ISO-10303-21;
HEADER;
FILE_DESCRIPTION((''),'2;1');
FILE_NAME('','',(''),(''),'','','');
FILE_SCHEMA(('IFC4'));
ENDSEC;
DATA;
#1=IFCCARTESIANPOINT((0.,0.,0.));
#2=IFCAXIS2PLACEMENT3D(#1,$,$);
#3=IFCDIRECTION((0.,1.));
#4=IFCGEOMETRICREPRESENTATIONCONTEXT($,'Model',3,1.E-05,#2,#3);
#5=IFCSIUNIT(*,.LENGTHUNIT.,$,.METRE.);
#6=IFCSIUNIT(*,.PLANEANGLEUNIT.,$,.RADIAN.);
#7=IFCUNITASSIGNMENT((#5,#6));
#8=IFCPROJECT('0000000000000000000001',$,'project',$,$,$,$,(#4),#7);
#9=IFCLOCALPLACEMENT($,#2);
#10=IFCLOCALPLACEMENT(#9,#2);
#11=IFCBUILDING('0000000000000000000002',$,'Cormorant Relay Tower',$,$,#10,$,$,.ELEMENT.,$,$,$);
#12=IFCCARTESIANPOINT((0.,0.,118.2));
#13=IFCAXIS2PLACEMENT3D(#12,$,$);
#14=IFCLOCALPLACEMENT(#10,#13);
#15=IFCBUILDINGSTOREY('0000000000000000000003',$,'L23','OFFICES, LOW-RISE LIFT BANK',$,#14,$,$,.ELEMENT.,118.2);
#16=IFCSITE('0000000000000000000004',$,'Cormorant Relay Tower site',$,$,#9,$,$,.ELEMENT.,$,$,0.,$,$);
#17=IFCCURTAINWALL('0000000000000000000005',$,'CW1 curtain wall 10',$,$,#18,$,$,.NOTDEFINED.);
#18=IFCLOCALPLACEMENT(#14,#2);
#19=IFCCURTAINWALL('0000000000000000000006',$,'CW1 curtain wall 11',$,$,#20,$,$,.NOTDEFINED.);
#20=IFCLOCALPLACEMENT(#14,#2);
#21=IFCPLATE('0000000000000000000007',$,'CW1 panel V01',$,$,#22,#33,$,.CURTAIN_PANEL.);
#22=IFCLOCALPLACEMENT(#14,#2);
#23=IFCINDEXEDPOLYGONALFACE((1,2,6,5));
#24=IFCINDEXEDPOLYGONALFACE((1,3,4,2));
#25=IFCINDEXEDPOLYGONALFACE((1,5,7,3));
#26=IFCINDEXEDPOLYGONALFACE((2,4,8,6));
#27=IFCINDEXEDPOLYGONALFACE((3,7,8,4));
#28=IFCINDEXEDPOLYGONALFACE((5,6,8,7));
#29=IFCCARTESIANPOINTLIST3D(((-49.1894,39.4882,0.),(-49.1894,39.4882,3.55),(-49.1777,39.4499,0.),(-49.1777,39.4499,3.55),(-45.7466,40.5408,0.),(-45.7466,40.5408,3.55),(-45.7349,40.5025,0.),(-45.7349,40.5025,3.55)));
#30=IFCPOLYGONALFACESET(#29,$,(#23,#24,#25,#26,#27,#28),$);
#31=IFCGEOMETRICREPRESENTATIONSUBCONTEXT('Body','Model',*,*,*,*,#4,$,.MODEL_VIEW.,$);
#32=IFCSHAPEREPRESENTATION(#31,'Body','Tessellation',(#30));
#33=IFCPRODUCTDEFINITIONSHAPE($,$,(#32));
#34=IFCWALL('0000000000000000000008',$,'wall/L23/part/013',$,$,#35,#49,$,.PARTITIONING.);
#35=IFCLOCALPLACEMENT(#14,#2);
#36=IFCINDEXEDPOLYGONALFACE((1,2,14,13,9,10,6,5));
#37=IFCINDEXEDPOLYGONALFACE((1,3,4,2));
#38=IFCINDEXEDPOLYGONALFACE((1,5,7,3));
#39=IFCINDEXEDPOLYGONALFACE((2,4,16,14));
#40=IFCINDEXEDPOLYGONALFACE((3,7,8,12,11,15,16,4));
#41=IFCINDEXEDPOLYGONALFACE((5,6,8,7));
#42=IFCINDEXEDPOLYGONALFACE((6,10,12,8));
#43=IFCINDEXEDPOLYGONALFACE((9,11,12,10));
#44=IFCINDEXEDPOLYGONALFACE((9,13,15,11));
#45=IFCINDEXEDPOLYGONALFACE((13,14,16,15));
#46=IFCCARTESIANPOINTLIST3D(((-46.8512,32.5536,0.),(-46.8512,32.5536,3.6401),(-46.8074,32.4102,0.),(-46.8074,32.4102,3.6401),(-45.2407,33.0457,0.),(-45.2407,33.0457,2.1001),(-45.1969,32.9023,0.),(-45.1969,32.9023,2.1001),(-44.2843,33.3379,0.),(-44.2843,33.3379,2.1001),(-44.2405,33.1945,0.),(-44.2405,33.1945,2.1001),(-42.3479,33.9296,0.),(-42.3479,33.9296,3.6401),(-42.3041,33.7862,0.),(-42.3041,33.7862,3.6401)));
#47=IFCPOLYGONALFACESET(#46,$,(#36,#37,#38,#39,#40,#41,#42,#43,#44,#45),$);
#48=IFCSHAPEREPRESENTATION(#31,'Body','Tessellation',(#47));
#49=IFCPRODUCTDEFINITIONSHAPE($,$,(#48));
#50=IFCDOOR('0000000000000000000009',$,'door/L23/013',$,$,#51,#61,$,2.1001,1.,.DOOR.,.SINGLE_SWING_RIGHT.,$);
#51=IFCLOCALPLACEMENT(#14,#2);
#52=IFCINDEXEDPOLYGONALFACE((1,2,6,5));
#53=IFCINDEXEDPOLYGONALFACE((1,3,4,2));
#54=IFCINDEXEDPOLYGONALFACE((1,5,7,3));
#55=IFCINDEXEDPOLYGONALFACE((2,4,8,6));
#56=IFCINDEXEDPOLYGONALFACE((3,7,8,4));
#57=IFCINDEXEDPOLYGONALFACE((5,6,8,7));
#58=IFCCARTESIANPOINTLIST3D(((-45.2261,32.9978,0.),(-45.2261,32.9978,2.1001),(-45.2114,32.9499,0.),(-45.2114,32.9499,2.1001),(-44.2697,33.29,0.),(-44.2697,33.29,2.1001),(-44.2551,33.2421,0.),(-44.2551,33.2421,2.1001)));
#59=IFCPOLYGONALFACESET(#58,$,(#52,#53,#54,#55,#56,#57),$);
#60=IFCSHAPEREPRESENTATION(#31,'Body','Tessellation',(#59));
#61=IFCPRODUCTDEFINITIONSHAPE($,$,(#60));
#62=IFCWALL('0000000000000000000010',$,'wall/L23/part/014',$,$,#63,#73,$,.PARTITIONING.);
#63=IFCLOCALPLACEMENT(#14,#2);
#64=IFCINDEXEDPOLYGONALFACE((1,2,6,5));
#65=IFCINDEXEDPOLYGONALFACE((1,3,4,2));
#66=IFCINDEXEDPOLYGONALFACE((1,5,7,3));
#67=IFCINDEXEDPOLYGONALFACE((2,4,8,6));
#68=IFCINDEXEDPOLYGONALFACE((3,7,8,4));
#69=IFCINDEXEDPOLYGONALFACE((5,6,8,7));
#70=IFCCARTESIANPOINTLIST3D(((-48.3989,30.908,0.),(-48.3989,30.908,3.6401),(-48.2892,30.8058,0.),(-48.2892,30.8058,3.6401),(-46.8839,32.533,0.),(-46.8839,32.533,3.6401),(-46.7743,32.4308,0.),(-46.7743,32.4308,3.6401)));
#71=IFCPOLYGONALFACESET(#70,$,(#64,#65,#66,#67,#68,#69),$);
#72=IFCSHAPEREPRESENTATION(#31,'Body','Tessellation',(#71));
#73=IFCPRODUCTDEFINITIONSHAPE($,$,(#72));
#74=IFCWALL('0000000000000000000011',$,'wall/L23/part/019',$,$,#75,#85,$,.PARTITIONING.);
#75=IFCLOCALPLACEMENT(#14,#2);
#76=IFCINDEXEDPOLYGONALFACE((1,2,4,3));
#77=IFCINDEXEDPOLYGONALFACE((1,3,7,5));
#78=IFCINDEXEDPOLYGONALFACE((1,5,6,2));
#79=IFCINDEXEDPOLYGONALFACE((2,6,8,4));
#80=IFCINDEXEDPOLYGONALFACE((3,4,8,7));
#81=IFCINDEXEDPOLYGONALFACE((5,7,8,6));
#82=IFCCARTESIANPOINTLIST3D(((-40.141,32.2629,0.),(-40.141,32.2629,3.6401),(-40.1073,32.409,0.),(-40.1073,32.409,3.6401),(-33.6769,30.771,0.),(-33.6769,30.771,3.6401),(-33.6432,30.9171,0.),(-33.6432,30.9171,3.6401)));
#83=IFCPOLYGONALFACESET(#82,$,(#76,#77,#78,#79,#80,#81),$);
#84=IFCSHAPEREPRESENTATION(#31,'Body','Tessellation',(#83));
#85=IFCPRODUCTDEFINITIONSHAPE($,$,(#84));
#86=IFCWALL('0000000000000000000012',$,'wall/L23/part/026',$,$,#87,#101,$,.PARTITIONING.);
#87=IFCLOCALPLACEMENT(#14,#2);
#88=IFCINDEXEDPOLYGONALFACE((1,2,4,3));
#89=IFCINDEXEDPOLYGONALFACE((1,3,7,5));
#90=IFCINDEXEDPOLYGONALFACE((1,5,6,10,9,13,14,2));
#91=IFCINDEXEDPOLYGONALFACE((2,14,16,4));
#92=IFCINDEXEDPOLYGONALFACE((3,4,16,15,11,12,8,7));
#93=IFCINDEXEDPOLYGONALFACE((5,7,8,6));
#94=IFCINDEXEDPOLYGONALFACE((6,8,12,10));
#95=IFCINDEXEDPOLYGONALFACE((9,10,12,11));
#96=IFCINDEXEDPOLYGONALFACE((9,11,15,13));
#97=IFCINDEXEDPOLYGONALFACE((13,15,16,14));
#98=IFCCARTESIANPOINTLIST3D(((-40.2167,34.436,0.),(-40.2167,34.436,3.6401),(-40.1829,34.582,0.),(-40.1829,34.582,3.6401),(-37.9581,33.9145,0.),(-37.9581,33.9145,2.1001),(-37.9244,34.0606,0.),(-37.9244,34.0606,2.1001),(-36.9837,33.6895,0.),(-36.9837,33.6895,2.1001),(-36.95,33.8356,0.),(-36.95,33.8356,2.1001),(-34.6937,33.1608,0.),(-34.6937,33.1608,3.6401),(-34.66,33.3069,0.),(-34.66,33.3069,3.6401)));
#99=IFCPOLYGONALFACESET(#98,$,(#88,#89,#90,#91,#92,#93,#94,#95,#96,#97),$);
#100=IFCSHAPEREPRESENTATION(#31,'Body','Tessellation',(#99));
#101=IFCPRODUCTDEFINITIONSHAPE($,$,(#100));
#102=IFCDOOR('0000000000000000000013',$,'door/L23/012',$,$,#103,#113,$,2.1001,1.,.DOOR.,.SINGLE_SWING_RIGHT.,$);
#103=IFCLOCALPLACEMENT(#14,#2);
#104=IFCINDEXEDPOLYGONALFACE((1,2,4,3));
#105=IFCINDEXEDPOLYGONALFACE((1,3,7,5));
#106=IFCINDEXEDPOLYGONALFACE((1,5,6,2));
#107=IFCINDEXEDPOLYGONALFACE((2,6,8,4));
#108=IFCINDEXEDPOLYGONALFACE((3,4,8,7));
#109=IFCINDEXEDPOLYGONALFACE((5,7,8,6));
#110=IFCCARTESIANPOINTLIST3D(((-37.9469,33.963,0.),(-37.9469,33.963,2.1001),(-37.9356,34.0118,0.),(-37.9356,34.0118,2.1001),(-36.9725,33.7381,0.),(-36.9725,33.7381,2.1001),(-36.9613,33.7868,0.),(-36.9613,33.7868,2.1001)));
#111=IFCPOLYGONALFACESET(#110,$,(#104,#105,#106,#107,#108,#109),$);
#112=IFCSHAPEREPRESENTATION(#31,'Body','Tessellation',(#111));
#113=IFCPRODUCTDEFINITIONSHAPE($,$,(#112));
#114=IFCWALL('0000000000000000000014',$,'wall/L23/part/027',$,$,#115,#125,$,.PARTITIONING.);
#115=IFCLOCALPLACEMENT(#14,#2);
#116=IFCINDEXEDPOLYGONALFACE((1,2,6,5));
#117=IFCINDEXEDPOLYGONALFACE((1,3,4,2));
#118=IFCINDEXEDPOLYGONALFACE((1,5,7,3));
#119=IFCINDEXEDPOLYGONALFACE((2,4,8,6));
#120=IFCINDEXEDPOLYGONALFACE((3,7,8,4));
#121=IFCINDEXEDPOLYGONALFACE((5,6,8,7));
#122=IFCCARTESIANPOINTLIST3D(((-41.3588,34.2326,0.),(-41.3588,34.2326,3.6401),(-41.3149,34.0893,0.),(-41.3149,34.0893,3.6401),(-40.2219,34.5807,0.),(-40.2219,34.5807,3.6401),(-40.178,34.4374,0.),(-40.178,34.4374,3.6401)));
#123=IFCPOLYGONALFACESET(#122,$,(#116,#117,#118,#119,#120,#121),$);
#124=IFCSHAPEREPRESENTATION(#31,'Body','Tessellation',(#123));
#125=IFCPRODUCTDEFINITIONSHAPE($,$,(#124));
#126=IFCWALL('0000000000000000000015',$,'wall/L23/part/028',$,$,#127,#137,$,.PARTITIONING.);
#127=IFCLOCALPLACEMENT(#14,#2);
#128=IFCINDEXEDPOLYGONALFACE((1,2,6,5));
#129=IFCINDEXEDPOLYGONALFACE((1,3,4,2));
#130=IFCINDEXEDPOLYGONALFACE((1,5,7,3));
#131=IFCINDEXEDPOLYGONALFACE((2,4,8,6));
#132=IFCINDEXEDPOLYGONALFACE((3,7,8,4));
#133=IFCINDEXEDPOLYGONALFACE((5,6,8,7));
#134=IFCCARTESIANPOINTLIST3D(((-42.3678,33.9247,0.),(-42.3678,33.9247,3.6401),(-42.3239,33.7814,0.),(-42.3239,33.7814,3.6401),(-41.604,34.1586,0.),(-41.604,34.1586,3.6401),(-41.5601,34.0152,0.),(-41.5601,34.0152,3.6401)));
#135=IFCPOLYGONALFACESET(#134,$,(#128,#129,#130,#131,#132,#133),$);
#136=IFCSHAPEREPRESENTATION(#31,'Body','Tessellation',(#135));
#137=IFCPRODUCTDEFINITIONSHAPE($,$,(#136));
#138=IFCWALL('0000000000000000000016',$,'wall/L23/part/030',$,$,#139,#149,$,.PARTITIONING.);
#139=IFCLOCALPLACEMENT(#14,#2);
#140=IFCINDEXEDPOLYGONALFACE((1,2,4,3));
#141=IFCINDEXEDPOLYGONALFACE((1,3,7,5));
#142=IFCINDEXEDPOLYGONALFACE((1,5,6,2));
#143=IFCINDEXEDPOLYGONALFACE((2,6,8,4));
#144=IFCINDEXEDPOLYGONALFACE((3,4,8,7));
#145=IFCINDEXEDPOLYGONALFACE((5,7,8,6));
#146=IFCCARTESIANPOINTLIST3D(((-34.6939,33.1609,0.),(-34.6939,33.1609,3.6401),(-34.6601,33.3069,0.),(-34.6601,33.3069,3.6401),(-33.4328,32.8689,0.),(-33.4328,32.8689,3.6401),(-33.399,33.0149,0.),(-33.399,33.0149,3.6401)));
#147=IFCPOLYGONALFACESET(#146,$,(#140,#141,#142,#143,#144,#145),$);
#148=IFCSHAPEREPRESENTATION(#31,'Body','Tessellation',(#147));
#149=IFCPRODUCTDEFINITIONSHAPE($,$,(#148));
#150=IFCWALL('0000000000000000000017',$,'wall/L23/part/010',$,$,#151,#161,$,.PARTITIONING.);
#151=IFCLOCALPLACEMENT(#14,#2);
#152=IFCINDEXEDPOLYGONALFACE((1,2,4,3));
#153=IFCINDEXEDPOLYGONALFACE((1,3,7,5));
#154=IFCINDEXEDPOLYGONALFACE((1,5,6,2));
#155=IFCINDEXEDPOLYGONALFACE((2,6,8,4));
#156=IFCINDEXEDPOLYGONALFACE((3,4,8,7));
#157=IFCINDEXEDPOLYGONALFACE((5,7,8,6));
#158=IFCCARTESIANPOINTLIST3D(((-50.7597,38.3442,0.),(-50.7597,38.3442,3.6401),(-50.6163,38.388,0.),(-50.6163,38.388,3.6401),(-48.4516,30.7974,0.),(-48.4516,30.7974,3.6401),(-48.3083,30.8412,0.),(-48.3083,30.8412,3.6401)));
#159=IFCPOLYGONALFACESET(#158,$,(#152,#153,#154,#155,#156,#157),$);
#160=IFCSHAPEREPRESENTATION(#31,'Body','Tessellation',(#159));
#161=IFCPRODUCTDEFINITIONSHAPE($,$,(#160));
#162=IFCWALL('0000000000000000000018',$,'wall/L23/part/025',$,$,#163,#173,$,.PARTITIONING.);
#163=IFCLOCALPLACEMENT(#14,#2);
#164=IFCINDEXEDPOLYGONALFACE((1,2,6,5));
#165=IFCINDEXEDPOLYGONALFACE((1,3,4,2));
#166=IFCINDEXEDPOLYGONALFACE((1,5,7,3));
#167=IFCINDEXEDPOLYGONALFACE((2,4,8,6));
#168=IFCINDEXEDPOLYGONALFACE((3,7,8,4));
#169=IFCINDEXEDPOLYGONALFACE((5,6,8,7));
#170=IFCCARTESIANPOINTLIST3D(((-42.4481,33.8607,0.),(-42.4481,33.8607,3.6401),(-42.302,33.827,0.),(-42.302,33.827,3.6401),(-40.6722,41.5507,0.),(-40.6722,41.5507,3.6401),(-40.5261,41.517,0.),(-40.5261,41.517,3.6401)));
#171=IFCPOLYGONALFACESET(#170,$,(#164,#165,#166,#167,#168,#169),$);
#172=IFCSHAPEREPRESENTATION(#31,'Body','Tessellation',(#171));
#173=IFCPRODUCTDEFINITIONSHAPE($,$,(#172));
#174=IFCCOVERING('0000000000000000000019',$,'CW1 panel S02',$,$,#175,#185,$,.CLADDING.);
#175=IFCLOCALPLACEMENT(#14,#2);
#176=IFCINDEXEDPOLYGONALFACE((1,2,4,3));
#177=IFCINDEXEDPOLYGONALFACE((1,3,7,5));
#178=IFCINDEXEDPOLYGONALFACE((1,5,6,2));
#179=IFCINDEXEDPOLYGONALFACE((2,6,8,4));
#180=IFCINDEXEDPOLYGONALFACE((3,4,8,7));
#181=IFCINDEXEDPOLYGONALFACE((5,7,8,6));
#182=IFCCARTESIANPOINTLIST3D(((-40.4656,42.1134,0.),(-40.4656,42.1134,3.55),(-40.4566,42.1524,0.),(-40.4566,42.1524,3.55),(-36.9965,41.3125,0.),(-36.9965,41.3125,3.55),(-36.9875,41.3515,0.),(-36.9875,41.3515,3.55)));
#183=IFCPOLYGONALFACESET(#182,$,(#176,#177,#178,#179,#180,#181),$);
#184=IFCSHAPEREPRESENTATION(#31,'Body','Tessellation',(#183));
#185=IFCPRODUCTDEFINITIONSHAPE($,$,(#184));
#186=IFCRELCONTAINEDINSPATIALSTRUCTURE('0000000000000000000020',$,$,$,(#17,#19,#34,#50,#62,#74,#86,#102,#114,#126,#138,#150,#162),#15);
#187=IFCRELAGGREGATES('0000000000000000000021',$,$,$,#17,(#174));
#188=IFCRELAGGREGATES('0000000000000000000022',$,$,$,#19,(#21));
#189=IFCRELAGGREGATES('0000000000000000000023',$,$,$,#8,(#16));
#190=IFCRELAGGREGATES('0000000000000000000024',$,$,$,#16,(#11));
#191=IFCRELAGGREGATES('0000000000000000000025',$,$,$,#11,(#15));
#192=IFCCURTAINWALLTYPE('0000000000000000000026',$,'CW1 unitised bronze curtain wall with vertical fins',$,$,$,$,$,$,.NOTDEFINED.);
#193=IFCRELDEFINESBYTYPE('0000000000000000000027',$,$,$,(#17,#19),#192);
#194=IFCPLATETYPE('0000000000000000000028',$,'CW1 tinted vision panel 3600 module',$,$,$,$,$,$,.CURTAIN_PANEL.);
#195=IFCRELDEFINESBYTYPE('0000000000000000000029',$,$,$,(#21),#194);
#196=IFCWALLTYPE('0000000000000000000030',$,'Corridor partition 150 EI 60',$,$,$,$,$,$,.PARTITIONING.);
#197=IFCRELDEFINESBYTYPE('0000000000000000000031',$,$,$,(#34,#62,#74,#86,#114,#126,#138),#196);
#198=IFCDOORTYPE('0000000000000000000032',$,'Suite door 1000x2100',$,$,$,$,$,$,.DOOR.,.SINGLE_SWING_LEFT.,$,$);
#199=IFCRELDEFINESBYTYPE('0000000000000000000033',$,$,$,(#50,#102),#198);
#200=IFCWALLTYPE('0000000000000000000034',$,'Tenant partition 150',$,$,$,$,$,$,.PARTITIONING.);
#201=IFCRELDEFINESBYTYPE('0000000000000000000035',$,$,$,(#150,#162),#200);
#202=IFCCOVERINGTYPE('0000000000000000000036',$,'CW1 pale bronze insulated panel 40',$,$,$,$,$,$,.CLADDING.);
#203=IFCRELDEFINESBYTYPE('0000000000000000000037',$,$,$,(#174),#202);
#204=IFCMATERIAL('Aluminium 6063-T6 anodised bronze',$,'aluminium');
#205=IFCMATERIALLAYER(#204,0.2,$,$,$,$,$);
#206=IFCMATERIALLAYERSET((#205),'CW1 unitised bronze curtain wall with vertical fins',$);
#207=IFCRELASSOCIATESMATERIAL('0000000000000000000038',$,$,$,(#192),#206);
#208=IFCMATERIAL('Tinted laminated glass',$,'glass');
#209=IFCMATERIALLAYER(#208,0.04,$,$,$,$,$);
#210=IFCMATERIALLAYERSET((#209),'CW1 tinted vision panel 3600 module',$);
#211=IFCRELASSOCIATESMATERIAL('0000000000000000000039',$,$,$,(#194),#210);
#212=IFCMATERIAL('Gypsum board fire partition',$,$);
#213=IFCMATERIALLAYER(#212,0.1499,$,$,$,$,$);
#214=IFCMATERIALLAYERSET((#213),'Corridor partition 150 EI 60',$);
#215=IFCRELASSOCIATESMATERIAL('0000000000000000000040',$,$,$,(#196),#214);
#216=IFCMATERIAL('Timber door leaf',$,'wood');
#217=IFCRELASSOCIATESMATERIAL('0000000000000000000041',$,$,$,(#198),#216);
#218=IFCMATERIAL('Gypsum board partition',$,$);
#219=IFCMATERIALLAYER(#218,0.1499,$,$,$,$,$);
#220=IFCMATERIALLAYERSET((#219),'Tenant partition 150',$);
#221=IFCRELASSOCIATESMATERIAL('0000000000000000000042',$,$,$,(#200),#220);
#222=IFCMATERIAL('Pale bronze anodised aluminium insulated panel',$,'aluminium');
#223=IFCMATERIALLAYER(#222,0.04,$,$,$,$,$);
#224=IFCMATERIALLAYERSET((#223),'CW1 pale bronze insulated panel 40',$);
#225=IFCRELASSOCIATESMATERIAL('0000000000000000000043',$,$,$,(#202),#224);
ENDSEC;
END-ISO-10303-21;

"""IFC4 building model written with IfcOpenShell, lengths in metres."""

from ifc_helpers import new_model, si_unit, direction, frame, frame_2d, origin, origin_2d, place, context, subcontext, project, spatial, rectangle, extrude, material, layer, layer_set, type_object, element, fill, aggregate, save


model = new_model("IFC4")

# Units and contexts
model_context = context("Model", 3, precision=1e-05, world=origin(), true_north=direction((0.0, 1.0)))
body_context = subcontext(model_context, "Body", "Model", "MODEL_VIEW")
ifc_project = project(units=[si_unit("LENGTHUNIT", "METRE"), si_unit("PLANEANGLEUNIT", "RADIAN")], contexts=[model_context])

# Site, building, storey
site_placement = place(None, origin())
site = spatial("IfcSite", under=ifc_project, at=site_placement, Name="Cormorant Relay Tower site", CompositionType="ELEMENT", RefElevation=0.0)
building_placement = place(site_placement, origin())
building = spatial("IfcBuilding", under=site, at=building_placement, Name="Cormorant Relay Tower", CompositionType="ELEMENT")
storey_placement = place(building_placement, frame((0.0, 0.0, 118.2)))
storey = spatial("IfcBuildingStorey", under=building, at=storey_placement, Name="L23", Description="OFFICES, LOW-RISE LIFT BANK", CompositionType="ELEMENT", Elevation=118.2)

# Curtain wall
ifc_material_1 = material(Name="Aluminium 6063-T6 anodised bronze", Category="aluminium")
ifc_layer_1 = layer(ifc_material_1, 0.2)
ifc_layer_set_1 = layer_set([ifc_layer_1], Name="CW1 unitised bronze curtain wall with vertical fins")
curtain_wall_type = type_object("IfcCurtainWallType", Name="CW1 unitised bronze curtain wall with vertical fins", PredefinedType="NOTDEFINED", material=ifc_layer_set_1)
curtain_wall_1_placement = place(storey_placement, origin())
curtain_wall_1 = element("IfcCurtainWall", 1, at=curtain_wall_1_placement, inside=storey, type_object=curtain_wall_type, Name="CW1 curtain wall 10", PredefinedType="NOTDEFINED")

# Curtain wall
curtain_wall_2_placement = place(storey_placement, origin())
curtain_wall_2 = element("IfcCurtainWall", 2, at=curtain_wall_2_placement, inside=storey, type_object=curtain_wall_type, Name="CW1 curtain wall 11", PredefinedType="NOTDEFINED")

# Plate
ifc_material_2 = material(Name="Tinted laminated glass", Category="glass")
ifc_layer_2 = layer(ifc_material_2, 0.04)
ifc_layer_set_2 = layer_set([ifc_layer_2], Name="CW1 tinted vision panel 3600 module")
plate_type_1 = type_object("IfcPlateType", Name="CW1 tinted vision panel 3600 module", PredefinedType="CURTAIN_PANEL", material=ifc_layer_set_2)
plate_1_placement = place(storey_placement, frame((-47.4622, 39.9954, 0.0), z_axis=(0.0, 0.0, 1.0), x_axis=(-0.956305, -0.292372, 0.0)))
plate_1 = element("IfcPlate", 3, at=plate_1_placement, type_object=plate_type_1, Name="CW1 panel V01", PredefinedType="CURTAIN_PANEL", context=body_context, shape_type="SweptSolid", body=[
    extrude(rectangle(XDim=3.6001, YDim=0.04, at=origin_2d()), origin(), (0.0, 0.0, 1.0), 3.55),
])

# Wall, opening, door
ifc_material_3 = material(Name="Gypsum board fire partition")
ifc_layer_3 = layer(ifc_material_3, 0.1499)
ifc_layer_set_3 = layer_set([ifc_layer_3], Name="Corridor partition 150 EI 60")
wall_type_1 = type_object("IfcWallType", Name="Corridor partition 150 EI 60", PredefinedType="PARTITIONING", material=ifc_layer_set_3)
wall_1_placement = place(storey_placement, frame((-42.3259, 33.8579, 0.0), z_axis=(0.0, 0.0, 1.0), x_axis=(-0.956351, -0.29222, 0.0)))
wall_1 = element("IfcWall", 4, at=wall_1_placement, inside=storey, type_object=wall_type_1, Name="wall/L23/part/013", PredefinedType="PARTITIONING", context=body_context, shape_type="SweptSolid", body=[
    extrude(rectangle(XDim=4.7087, YDim=0.1499, at=frame_2d((2.3545, 0.0))), origin(), (0.0, 0.0, 1.0), 3.6401),
])
opening_1_placement = place(wall_1_placement, frame((2.0249, 0.0, 0.0)))
opening_1 = element("IfcOpeningElement", 5, at=opening_1_placement, cuts=wall_1, PredefinedType="OPENING", context=body_context, shape_type="SweptSolid", body=[
    extrude(rectangle(XDim=1.0, YDim=2.1001, at=frame_2d((0.5, 1.05))), frame((0.0, 0.085, 0.0), z_axis=(0.0, -1.0, 0.0), x_axis=(1.0, 0.0, 0.0)), (0.0, 0.0, 1.0), 0.1699),
])
ifc_material_4 = material(Name="Timber door leaf", Category="wood")
door_type = type_object("IfcDoorType", Name="Suite door 1000x2100", OperationType="SINGLE_SWING_LEFT", PredefinedType="DOOR", material=ifc_material_4)
door_1_placement = place(opening_1_placement, frame((1.0, 0.0, 0.0), z_axis=(0.0, 0.0, 1.0), x_axis=(-1.0, 0.0, 0.0)))
door_1 = element("IfcDoor", 6, at=door_1_placement, inside=storey, type_object=door_type, Name="door/L23/013", OperationType="SINGLE_SWING_RIGHT", OverallHeight=2.1001, OverallWidth=1.0, PredefinedType="DOOR", context=body_context, shape_type="SweptSolid", body=[
    extrude(rectangle(XDim=1.0, YDim=2.1001, at=frame_2d((0.5, 1.05))), frame((0.0, 0.0249, 0.0), z_axis=(0.0, -1.0, 0.0), x_axis=(1.0, 0.0, 0.0)), (0.0, 0.0, 1.0), 0.05),
])
fill(opening_1, door_1)

# Walls
wall_2_placement = place(storey_placement, frame((-46.8291, 32.4819, 0.0), z_axis=(0.0, 0.0, 1.0), x_axis=(-0.681891, -0.731453, 0.0)))
element("IfcWall", 7, at=wall_2_placement, inside=storey, type_object=wall_type_1, Name="wall/L23/part/014", PredefinedType="PARTITIONING", context=body_context, shape_type="SweptSolid", body=[
    extrude(rectangle(XDim=2.2217, YDim=0.1499, at=frame_2d((1.1108, 0.0))), origin(), (0.0, 0.0, 1.0), 3.6401),
])
wall_3_placement = place(storey_placement, frame((-40.124, 32.3359, 0.0), z_axis=(0.0, 0.0, 1.0), x_axis=(0.974384, -0.224892, 0.0)))
element("IfcWall", 8, at=wall_3_placement, inside=storey, type_object=wall_type_1, Name="wall/L23/part/019", PredefinedType="PARTITIONING", context=body_context, shape_type="SweptSolid", body=[
    extrude(rectangle(XDim=6.634, YDim=0.1499, at=frame_2d((3.3169, 0.0))), origin(), (0.0, 0.0, 1.0), 3.6401),
])

# Wall, opening, door
wall_4_placement = place(storey_placement, frame((-34.677, 33.2339, 0.0), z_axis=(0.0, 0.0, 1.0), x_axis=(-0.974367, 0.224963, 0.0)))
wall_4 = element("IfcWall", 9, at=wall_4_placement, inside=storey, type_object=wall_type_1, Name="wall/L23/part/026", PredefinedType="PARTITIONING", context=body_context, shape_type="SweptSolid", body=[
    extrude(rectangle(XDim=5.6682, YDim=0.1499, at=frame_2d((2.834, 0.0))), origin(), (0.0, 0.0, 1.0), 3.6401),
])
opening_2_placement = place(wall_4_placement, frame((2.3501, 0.0, 0.0)))
opening_2 = element("IfcOpeningElement", 10, at=opening_2_placement, cuts=wall_4, PredefinedType="OPENING", context=body_context, shape_type="SweptSolid", body=[
    extrude(rectangle(XDim=1.0, YDim=2.1001, at=frame_2d((0.5, 1.05))), frame((0.0, 0.085, 0.0), z_axis=(0.0, -1.0, 0.0), x_axis=(1.0, 0.0, 0.0)), (0.0, 0.0, 1.0), 0.1699),
])
door_2_placement = place(opening_2_placement, frame((1.0, 0.0, 0.0), z_axis=(0.0, 0.0, 1.0), x_axis=(-1.0, 0.0, 0.0)))
door_2 = element("IfcDoor", 11, at=door_2_placement, inside=storey, type_object=door_type, Name="door/L23/012", OperationType="SINGLE_SWING_RIGHT", OverallHeight=2.1001, OverallWidth=1.0, PredefinedType="DOOR", context=body_context, shape_type="SweptSolid", body=[
    extrude(rectangle(XDim=1.0, YDim=2.1001, at=frame_2d((0.5, 1.05))), frame((0.0, 0.0249, 0.0), z_axis=(0.0, -1.0, 0.0), x_axis=(1.0, 0.0, 0.0)), (0.0, 0.0, 1.0), 0.05),
])
fill(opening_2, door_2)

# Walls
wall_5_placement = place(storey_placement, frame((-40.2, 34.509, 0.0), z_axis=(0.0, 0.0, 1.0), x_axis=(-0.956178, -0.292787, 0.0)))
element("IfcWall", 12, at=wall_5_placement, inside=storey, type_object=wall_type_1, Name="wall/L23/part/027", PredefinedType="PARTITIONING", context=body_context, shape_type="SweptSolid", body=[
    extrude(rectangle(XDim=1.189, YDim=0.1499, at=frame_2d((0.5945, 0.0))), origin(), (0.0, 0.0, 1.0), 3.6401),
])
wall_6_placement = place(storey_placement, frame((-41.582, 34.0869, 0.0), z_axis=(0.0, 0.0, 1.0), x_axis=(-0.956188, -0.292754, 0.0)))
element("IfcWall", 13, at=wall_6_placement, inside=storey, type_object=wall_type_1, Name="wall/L23/part/028", PredefinedType="PARTITIONING", context=body_context, shape_type="SweptSolid", body=[
    extrude(rectangle(XDim=0.7988, YDim=0.1499, at=frame_2d((0.3994, 0.0))), origin(), (0.0, 0.0, 1.0), 3.6401),
])
wall_7_placement = place(storey_placement, frame((-34.677, 33.2339, 0.0), z_axis=(0.0, 0.0, 1.0), x_axis=(0.974222, -0.22559, 0.0)))
element("IfcWall", 14, at=wall_7_placement, inside=storey, type_object=wall_type_1, Name="wall/L23/part/030", PredefinedType="PARTITIONING", context=body_context, shape_type="SweptSolid", body=[
    extrude(rectangle(XDim=1.2944, YDim=0.1499, at=frame_2d((0.6472, 0.0))), origin(), (0.0, 0.0, 1.0), 3.6401),
])
ifc_material_5 = material(Name="Gypsum board partition")
ifc_layer_4 = layer(ifc_material_5, 0.1499)
ifc_layer_set_4 = layer_set([ifc_layer_4], Name="Tenant partition 150")
wall_type_2 = type_object("IfcWallType", Name="Tenant partition 150", PredefinedType="PARTITIONING", material=ifc_layer_set_4)
wall_8_placement = place(storey_placement, frame((-50.688, 38.366, 0.0), z_axis=(0.0, 0.0, 1.0), x_axis=(0.292464, -0.956277, 0.0)))
element("IfcWall", 15, at=wall_8_placement, inside=storey, type_object=wall_type_2, Name="wall/L23/part/010", PredefinedType="PARTITIONING", context=body_context, shape_type="SweptSolid", body=[
    extrude(rectangle(XDim=7.8918, YDim=0.1499, at=frame_2d((3.9458, 0.0))), origin(), (0.0, 0.0, 1.0), 3.6401),
])
wall_9_placement = place(storey_placement, frame((-40.5991, 41.5339, 0.0), z_axis=(0.0, 0.0, 1.0), x_axis=(-0.225013, -0.974356, 0.0)))
element("IfcWall", 16, at=wall_9_placement, inside=storey, type_object=wall_type_2, Name="wall/L23/part/025", PredefinedType="PARTITIONING", context=body_context, shape_type="SweptSolid", body=[
    extrude(rectangle(XDim=7.8923, YDim=0.1499, at=frame_2d((3.9463, 0.0))), origin(), (0.0, 0.0, 1.0), 3.6401),
])

# Covering
ifc_material_6 = material(Name="Pale bronze anodised aluminium insulated panel", Category="aluminium")
ifc_layer_5 = layer(ifc_material_6, 0.04)
ifc_layer_set_5 = layer_set([ifc_layer_5], Name="CW1 pale bronze insulated panel 40")
covering_type = type_object("IfcCoveringType", Name="CW1 pale bronze insulated panel 40", PredefinedType="CLADDING", material=ifc_layer_set_5)
covering_1_placement = place(storey_placement, frame((-38.7266, 41.7324, 0.0), z_axis=(0.0, 0.0, 1.0), x_axis=(-0.97437, 0.224951, 0.0)))
covering_1 = element("IfcCovering", 17, at=covering_1_placement, type_object=covering_type, Name="CW1 panel S02", PredefinedType="CLADDING", context=body_context, shape_type="SweptSolid", body=[
    extrude(rectangle(XDim=3.5603, YDim=0.04, at=origin_2d()), origin(), (0.0, 0.0, 1.0), 3.55),
])
aggregate(curtain_wall_1, [covering_1])
aggregate(curtain_wall_2, [plate_1])

save(model, "model.ifc")
